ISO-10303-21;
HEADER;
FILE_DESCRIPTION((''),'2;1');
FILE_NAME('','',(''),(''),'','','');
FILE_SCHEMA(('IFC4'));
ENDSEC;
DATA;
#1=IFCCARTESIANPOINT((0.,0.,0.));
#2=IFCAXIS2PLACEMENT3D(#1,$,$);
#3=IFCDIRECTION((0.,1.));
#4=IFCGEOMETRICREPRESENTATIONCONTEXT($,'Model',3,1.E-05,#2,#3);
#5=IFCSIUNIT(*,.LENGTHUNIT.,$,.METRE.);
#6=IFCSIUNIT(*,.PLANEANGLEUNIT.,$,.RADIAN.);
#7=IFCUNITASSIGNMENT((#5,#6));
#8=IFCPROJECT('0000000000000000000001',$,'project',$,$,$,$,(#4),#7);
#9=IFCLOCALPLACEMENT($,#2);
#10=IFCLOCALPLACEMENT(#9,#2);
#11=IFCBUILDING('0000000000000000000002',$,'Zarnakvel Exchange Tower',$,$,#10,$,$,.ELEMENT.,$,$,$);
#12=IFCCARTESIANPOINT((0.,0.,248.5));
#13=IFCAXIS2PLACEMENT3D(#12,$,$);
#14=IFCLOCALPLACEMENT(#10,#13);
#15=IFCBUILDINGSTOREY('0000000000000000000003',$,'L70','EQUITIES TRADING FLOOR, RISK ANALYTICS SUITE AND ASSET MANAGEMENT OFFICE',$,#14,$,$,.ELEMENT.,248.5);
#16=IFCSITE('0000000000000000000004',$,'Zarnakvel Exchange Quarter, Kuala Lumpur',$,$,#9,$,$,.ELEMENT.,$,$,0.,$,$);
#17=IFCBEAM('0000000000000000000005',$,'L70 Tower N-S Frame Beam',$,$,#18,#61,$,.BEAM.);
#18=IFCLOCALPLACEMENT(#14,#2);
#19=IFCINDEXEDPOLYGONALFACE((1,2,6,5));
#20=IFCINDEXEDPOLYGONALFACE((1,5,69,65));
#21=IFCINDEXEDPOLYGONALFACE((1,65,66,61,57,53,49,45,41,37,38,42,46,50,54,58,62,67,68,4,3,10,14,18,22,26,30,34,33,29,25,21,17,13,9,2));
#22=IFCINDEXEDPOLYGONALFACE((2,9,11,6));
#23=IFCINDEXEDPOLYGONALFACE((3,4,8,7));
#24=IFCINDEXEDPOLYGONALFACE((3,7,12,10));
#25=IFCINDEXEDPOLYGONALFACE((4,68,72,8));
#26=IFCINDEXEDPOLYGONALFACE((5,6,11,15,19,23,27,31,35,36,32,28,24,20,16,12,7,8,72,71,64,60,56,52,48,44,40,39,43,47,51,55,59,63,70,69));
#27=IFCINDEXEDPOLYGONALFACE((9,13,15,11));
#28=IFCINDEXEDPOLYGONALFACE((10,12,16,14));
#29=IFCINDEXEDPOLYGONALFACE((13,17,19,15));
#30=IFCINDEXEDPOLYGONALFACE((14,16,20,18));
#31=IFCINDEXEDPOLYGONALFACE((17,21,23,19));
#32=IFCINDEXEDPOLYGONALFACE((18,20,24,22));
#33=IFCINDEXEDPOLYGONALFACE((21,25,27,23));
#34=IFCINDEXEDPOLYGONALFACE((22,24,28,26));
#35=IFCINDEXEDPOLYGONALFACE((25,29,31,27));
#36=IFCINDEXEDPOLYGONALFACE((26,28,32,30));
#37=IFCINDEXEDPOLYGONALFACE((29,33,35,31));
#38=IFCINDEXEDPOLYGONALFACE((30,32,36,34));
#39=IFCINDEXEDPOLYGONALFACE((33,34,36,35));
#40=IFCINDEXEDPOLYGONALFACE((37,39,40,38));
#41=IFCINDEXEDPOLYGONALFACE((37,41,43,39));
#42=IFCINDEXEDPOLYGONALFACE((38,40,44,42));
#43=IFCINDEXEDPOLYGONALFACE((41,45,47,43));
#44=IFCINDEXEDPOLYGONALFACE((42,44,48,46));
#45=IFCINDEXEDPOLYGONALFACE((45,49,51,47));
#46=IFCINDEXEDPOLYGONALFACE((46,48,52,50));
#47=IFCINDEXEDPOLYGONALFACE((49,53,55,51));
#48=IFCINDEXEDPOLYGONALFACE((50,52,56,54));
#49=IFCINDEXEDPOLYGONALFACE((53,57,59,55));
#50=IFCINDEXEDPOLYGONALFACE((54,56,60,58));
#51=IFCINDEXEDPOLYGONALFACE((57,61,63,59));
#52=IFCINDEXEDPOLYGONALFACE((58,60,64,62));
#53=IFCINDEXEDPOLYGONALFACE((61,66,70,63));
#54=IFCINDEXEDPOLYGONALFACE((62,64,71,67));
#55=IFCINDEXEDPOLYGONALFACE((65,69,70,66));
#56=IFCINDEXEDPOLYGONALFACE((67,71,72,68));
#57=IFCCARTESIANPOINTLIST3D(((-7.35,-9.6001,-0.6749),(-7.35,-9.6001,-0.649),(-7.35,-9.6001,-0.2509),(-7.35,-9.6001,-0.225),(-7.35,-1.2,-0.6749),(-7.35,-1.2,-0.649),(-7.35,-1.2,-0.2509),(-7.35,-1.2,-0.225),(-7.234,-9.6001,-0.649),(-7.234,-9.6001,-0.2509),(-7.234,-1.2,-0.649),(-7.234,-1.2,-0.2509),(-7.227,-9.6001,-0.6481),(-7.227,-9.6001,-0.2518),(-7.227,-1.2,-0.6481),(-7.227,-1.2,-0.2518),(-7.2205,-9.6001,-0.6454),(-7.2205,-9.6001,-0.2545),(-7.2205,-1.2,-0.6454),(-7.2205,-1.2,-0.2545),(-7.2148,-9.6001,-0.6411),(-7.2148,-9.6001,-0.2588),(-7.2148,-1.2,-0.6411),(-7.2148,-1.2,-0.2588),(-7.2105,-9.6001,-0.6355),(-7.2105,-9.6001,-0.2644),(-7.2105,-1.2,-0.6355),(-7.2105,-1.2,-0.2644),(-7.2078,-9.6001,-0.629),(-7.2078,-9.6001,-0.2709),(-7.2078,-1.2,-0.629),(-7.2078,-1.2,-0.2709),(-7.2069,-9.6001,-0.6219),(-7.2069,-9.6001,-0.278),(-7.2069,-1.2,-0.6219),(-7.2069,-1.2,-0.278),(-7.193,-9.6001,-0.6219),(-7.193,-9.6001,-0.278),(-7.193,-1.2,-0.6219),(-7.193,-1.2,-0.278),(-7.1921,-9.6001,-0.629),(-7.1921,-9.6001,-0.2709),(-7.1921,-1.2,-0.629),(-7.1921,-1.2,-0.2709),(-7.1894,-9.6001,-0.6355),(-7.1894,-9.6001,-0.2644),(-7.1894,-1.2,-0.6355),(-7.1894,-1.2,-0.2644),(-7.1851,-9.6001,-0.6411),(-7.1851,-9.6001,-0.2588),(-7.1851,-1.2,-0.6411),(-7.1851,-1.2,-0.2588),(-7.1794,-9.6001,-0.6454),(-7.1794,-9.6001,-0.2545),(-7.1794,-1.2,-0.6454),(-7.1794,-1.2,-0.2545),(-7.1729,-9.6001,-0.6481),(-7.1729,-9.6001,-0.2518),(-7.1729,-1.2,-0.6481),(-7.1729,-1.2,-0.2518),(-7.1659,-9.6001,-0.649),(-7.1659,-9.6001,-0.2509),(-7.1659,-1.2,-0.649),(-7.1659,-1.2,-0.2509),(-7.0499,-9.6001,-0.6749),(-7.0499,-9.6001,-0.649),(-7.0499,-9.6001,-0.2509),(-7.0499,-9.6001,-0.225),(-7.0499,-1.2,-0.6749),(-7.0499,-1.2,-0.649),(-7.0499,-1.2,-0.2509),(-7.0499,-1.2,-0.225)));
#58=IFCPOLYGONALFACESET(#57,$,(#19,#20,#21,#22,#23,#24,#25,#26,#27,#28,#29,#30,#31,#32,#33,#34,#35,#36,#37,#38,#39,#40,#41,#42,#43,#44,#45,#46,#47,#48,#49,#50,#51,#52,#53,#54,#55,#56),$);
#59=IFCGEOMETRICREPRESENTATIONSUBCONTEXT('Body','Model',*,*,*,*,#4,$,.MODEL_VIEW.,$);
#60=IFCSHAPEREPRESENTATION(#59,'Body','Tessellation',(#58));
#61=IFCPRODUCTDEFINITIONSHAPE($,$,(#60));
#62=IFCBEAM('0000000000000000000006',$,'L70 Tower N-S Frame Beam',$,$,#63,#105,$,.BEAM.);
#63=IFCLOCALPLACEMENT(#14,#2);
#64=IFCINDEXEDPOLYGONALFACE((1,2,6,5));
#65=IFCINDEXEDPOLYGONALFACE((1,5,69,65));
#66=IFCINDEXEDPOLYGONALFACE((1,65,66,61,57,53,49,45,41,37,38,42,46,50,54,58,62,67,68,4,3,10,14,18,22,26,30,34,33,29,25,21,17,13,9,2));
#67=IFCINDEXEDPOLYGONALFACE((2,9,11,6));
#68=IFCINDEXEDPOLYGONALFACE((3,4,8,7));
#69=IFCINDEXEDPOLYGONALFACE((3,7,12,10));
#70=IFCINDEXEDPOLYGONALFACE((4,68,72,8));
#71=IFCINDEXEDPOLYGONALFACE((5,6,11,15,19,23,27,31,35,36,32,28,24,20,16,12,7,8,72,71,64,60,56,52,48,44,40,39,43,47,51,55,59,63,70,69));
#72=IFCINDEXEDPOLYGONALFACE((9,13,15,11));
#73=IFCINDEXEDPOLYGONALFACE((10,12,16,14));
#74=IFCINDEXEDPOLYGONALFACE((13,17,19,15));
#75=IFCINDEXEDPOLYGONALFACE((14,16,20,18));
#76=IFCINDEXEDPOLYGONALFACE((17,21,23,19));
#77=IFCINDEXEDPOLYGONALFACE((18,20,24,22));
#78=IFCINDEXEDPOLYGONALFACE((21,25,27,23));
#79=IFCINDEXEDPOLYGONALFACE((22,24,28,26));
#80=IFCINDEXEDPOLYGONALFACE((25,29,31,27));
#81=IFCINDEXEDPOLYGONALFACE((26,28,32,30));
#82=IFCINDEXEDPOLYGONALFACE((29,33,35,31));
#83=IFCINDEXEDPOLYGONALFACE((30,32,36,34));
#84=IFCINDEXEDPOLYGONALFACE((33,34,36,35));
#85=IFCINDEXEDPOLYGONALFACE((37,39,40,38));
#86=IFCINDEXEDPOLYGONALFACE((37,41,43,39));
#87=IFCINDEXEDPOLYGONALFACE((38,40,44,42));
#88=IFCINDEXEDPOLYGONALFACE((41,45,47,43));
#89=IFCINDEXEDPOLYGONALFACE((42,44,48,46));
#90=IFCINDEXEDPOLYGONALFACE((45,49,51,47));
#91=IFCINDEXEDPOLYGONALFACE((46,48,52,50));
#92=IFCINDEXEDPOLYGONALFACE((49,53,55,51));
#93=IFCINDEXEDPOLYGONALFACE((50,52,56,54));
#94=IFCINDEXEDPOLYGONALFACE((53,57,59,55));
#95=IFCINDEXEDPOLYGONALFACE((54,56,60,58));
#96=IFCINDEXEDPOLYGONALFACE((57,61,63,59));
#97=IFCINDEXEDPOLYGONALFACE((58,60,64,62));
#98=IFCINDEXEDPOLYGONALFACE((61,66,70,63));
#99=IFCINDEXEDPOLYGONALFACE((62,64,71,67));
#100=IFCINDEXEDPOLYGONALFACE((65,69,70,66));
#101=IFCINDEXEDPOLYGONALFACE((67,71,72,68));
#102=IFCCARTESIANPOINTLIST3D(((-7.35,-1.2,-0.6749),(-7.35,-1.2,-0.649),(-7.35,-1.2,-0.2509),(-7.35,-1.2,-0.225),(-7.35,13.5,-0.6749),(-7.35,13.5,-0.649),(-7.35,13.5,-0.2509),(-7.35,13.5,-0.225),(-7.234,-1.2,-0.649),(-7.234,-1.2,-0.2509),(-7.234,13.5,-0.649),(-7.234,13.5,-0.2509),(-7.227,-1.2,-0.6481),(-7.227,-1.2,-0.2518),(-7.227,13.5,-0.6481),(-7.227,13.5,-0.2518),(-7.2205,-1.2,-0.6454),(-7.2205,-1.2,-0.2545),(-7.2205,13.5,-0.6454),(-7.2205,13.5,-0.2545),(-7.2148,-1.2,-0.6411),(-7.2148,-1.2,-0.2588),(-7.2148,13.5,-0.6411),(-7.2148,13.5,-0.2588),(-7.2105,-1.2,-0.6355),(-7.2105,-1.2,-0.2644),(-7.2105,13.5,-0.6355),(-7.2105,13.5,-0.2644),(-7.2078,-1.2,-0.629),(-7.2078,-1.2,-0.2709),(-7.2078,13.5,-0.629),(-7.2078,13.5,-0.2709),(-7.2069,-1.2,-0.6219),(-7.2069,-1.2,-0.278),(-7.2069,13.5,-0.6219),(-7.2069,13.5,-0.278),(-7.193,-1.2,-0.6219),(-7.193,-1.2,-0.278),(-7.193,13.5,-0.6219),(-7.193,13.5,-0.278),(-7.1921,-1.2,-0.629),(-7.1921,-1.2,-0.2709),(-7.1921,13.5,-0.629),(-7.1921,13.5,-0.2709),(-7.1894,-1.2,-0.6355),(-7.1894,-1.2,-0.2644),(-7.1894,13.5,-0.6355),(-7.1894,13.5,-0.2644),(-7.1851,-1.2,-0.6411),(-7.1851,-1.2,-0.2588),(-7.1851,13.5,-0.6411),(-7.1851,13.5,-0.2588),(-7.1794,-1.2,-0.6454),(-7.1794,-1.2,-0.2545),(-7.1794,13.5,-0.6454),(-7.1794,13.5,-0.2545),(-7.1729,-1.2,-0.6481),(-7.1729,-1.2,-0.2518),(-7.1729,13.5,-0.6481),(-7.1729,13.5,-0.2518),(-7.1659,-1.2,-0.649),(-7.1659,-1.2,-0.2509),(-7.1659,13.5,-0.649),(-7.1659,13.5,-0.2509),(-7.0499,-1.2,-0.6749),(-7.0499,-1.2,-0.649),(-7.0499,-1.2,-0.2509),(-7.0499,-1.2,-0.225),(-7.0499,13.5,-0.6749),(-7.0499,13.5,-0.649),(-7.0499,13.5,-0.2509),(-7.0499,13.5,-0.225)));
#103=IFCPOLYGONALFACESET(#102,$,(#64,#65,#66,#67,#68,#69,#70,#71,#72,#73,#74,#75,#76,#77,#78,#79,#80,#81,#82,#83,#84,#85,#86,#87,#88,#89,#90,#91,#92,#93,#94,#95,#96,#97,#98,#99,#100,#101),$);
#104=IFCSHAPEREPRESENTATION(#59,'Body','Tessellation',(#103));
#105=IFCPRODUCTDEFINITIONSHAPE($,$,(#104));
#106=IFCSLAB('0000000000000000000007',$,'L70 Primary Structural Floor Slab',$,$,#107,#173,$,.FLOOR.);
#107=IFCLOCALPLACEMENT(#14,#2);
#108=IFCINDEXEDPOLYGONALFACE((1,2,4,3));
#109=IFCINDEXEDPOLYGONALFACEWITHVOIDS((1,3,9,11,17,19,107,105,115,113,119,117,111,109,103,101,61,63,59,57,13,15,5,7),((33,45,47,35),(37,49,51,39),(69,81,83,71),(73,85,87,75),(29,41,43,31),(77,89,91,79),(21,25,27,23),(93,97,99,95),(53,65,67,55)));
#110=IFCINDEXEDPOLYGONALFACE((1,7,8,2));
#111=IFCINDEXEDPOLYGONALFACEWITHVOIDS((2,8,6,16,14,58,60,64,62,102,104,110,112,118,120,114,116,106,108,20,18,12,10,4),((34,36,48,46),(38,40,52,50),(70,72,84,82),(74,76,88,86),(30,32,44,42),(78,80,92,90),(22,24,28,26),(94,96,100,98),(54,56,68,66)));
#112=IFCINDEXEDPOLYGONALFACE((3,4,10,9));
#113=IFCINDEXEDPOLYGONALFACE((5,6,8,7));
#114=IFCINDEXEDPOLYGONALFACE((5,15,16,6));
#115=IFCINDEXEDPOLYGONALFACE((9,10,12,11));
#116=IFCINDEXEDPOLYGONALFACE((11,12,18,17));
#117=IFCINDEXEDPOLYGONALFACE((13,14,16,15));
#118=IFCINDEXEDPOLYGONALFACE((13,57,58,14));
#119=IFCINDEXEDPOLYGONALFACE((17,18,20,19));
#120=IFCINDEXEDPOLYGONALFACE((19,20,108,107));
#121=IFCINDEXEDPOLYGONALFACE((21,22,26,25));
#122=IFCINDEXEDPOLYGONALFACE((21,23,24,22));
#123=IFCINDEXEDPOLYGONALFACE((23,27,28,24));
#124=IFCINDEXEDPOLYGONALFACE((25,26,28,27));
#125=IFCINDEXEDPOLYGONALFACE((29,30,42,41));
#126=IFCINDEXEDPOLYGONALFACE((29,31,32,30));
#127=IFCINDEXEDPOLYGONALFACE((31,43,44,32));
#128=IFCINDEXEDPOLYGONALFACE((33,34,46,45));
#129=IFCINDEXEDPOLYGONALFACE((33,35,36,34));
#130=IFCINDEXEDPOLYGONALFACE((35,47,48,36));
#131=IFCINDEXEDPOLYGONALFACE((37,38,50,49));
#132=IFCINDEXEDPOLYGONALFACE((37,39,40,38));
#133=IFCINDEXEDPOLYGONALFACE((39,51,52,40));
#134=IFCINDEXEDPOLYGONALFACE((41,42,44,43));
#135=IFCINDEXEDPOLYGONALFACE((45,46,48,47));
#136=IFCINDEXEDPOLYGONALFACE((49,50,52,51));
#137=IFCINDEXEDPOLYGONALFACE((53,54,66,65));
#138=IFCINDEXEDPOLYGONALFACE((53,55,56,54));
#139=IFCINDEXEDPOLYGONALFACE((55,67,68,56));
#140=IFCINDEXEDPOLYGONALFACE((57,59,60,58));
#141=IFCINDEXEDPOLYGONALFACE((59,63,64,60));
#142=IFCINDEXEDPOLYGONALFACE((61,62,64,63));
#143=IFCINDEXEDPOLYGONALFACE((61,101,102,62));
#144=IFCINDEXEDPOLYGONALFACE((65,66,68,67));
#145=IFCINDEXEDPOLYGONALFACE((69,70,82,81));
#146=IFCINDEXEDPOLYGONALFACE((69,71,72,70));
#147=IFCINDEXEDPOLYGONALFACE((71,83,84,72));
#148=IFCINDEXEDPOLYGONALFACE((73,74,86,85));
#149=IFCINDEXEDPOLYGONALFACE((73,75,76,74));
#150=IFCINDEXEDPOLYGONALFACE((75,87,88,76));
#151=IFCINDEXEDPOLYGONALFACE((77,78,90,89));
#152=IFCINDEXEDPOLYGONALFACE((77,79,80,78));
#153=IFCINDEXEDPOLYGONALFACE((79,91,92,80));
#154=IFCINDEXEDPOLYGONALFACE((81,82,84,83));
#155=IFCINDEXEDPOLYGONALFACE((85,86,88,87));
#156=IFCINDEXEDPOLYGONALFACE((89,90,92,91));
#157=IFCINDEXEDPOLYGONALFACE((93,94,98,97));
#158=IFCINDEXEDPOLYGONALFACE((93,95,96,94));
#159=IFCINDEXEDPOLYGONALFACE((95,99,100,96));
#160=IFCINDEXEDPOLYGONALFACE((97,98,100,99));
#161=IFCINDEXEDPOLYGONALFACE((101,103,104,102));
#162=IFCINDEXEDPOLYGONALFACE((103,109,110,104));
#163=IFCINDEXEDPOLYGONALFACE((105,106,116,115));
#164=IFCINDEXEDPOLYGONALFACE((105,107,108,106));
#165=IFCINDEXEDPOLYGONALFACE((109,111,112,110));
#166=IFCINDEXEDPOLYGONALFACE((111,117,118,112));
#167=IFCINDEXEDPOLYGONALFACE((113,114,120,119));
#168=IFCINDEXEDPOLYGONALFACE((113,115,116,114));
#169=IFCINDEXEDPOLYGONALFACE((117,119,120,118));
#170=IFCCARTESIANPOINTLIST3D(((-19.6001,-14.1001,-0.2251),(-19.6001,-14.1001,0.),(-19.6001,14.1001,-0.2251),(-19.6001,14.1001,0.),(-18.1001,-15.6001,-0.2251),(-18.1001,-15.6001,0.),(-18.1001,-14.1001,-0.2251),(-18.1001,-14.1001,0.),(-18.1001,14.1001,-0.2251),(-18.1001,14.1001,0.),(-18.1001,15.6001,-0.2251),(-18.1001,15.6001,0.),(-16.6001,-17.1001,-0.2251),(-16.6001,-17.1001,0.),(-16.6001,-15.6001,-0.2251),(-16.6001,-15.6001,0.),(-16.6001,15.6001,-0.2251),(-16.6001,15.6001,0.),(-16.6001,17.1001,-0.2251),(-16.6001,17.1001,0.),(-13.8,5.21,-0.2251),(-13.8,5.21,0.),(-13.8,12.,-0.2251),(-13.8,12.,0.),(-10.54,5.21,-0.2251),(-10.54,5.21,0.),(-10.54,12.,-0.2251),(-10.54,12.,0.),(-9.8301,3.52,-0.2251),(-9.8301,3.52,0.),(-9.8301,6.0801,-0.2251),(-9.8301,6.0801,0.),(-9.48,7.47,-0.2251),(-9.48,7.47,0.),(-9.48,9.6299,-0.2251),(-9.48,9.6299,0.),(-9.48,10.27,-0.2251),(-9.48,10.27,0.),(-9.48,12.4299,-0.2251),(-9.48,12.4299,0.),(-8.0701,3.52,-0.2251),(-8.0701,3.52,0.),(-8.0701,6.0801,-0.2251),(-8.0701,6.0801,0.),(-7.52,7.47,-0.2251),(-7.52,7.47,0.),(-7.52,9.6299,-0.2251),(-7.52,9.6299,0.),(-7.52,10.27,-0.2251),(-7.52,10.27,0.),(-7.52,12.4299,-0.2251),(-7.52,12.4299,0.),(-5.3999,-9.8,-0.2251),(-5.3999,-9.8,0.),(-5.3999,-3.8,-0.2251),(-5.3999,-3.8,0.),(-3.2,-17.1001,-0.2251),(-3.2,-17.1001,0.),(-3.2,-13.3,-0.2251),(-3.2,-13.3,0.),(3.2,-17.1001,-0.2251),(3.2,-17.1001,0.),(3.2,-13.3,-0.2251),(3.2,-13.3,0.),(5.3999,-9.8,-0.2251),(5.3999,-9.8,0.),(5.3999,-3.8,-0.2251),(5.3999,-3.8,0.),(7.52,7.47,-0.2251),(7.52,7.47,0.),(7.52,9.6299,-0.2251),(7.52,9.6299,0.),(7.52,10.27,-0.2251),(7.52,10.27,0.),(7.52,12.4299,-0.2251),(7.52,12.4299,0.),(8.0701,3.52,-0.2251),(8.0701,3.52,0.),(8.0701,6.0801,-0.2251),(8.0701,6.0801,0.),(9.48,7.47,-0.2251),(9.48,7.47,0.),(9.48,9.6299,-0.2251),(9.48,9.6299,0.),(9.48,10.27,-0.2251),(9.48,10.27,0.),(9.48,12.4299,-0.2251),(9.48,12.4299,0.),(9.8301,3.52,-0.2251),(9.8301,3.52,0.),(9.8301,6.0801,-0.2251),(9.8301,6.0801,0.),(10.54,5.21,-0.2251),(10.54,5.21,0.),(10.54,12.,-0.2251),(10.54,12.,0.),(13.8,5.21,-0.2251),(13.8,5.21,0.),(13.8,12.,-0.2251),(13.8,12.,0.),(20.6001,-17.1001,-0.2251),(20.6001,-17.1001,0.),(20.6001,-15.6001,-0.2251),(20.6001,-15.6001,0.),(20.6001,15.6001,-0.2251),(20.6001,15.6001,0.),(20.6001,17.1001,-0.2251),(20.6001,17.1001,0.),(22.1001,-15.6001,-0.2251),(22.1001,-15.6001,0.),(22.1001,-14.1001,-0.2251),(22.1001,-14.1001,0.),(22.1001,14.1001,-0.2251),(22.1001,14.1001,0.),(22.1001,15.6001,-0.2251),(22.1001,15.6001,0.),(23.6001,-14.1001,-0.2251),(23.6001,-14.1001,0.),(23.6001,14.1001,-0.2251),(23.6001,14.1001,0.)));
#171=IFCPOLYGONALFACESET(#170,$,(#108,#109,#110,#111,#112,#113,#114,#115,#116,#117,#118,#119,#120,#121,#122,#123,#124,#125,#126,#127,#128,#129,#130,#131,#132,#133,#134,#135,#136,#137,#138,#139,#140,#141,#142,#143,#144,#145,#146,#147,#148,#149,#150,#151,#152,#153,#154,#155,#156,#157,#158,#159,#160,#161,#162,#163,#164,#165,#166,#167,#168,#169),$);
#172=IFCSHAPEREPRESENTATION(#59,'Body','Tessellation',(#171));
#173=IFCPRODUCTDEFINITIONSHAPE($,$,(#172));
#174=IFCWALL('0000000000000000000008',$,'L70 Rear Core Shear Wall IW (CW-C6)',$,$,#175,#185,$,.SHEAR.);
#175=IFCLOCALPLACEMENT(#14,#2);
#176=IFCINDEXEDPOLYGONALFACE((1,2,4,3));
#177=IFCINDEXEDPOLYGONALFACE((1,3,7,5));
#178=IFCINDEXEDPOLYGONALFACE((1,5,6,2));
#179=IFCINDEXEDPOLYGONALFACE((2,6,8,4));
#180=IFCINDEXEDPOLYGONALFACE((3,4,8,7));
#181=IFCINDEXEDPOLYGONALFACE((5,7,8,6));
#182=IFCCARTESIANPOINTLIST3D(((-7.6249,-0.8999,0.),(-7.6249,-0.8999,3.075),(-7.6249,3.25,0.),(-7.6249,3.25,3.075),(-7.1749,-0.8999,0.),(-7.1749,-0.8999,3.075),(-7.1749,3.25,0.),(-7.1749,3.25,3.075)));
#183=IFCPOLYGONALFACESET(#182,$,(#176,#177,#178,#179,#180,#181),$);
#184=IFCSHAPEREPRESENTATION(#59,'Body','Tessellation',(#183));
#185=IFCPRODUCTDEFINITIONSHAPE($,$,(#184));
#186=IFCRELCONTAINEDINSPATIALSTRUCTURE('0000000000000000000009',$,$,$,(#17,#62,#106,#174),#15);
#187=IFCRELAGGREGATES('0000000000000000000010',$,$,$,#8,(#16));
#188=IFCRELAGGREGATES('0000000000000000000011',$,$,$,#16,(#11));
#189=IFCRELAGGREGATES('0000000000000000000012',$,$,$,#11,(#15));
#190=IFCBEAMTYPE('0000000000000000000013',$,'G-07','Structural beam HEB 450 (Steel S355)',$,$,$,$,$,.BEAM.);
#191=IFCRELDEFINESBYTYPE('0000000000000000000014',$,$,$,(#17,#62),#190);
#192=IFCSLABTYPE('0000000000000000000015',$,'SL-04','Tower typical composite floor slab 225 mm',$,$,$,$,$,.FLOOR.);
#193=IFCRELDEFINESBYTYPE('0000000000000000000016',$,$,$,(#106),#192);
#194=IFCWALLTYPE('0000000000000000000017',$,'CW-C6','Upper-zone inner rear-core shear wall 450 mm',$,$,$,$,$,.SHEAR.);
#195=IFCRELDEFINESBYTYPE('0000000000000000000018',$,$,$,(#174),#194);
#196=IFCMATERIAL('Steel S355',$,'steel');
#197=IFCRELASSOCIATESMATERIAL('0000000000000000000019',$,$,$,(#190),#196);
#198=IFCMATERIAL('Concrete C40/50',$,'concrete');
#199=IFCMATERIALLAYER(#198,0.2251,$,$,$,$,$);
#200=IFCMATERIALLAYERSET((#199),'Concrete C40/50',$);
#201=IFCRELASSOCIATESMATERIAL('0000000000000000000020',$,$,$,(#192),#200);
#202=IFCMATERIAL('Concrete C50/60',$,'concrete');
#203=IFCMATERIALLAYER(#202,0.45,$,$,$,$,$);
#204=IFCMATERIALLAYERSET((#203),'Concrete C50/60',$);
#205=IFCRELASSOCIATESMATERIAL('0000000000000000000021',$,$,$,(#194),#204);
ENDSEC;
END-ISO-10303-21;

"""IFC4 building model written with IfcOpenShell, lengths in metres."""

from ifc_helpers import new_model, si_unit, direction, frame, frame_2d, origin, origin_2d, place, context, subcontext, project, spatial, polyline, rectangle, i_section, outline, extrude, material, layer, layer_set, material_profile, profile_set, type_object, element, save


model = new_model("IFC4")

# Units and contexts
model_context = context("Model", 3, precision=1e-05, world=origin(), true_north=direction((0.0, 1.0)))
body_context = subcontext(model_context, "Body", "Model", "MODEL_VIEW")
ifc_project = project(units=[si_unit("LENGTHUNIT", "METRE"), si_unit("PLANEANGLEUNIT", "RADIAN")], contexts=[model_context])

# Site, building, storey
site_placement = place(None, origin())
site = spatial("IfcSite", under=ifc_project, at=site_placement, Name="Zarnakvel Exchange Quarter, Kuala Lumpur", CompositionType="ELEMENT", RefElevation=0.0)
building_placement = place(site_placement, origin())
building = spatial("IfcBuilding", under=site, at=building_placement, Name="Zarnakvel Exchange Tower", CompositionType="ELEMENT")
storey_placement = place(building_placement, frame((0.0, 0.0, 248.5)))
storey = spatial("IfcBuildingStorey", under=building, at=storey_placement, Name="L70", Description="EQUITIES TRADING FLOOR, RISK ANALYTICS SUITE AND ASSET MANAGEMENT OFFICE", CompositionType="ELEMENT", Elevation=248.5)

# Shared definitions
ifc_material_1 = material(Name="Concrete C50/60", Category="concrete")

# Beams
ifc_material_2 = material(Name="Steel S355", Category="steel")
ifc_material_profile_1 = material_profile(ifc_material_2, i_section(OverallWidth=0.3, OverallDepth=0.45, WebThickness=0.0139, FlangeThickness=0.0259, FilletRadius=0.0271, at=origin_2d()))
ifc_profile_set_1 = profile_set([ifc_material_profile_1], Name="Steel S355")
beam_type_1 = type_object("IfcBeamType", Name="G-07", Description="Structural beam HEB 450 (Steel S355)", PredefinedType="BEAM", material=ifc_profile_set_1)
beam_1_placement = place(storey_placement, frame((-7.2, -9.6001, -0.45), z_axis=(0.0, 1.0, 0.0), x_axis=(-1.0, 0.0, 0.0)))
element("IfcBeam", 1, at=beam_1_placement, inside=storey, type_object=beam_type_1, Name="L70 Tower N-S Frame Beam", PredefinedType="BEAM", context=body_context, shape_type="SweptSolid", body=[
    extrude(i_section(OverallWidth=0.3, OverallDepth=0.45, WebThickness=0.0139, FlangeThickness=0.0259, FilletRadius=0.0271, at=origin_2d()), origin(), (0.0, 0.0, 1.0), 8.4001),
])
beam_2_placement = place(storey_placement, frame((-7.2, -1.2, -0.45), z_axis=(0.0, 1.0, 0.0), x_axis=(-1.0, 0.0, 0.0)))
element("IfcBeam", 2, at=beam_2_placement, inside=storey, type_object=beam_type_1, Name="L70 Tower N-S Frame Beam", PredefinedType="BEAM", context=body_context, shape_type="SweptSolid", body=[
    extrude(i_section(OverallWidth=0.3, OverallDepth=0.45, WebThickness=0.0139, FlangeThickness=0.0259, FilletRadius=0.0271, at=origin_2d()), origin(), (0.0, 0.0, 1.0), 14.7),
])

# Slab
ifc_material_3 = material(Name="Concrete C40/50", Category="concrete")
ifc_layer_1 = layer(ifc_material_3, 0.2251)
ifc_layer_set_1 = layer_set([ifc_layer_1], Name="Concrete C40/50")
slab_type = type_object("IfcSlabType", Name="SL-04", Description="Tower typical composite floor slab 225 mm", PredefinedType="FLOOR", material=ifc_layer_set_1)
slab_placement = place(storey_placement, frame((0.0, 0.0, -0.2251)))
element("IfcSlab", 3, at=slab_placement, inside=storey, type_object=slab_type, Name="L70 Primary Structural Floor Slab", PredefinedType="FLOOR", context=body_context, shape_type="SweptSolid", body=[
    extrude(outline(polyline([(-19.6001, -14.1001), (-18.1001, -14.1001), (-18.1001, -15.6001), (-16.6001, -15.6001), (-16.6001, -17.1001), (-3.2, -17.1001), (-3.2, -13.3), (3.2, -13.3), (3.2, -17.1001), (20.6001, -17.1001), (20.6001, -15.6001), (22.1001, -15.6001), (22.1001, -14.1001), (23.6001, -14.1001), (23.6001, 14.1001), (22.1001, 14.1001), (22.1001, 15.6001), (20.6001, 15.6001), (20.6001, 17.1001), (-16.6001, 17.1001), (-16.6001, 15.6001), (-18.1001, 15.6001), (-18.1001, 14.1001), (-19.6001, 14.1001), (-19.6001, -14.1001)]), holes=[polyline([(-5.3999, -9.8), (5.3999, -9.8), (5.3999, -3.8), (-5.3999, -3.8), (-5.3999, -9.8)]), polyline([(-13.8, 5.21), (-10.54, 5.21), (-10.54, 12.0), (-13.8, 12.0), (-13.8, 5.21)]), polyline([(10.54, 5.21), (13.8, 5.21), (13.8, 12.0), (10.54, 12.0), (10.54, 5.21)]), polyline([(-9.8301, 3.52), (-8.0701, 3.52), (-8.0701, 6.0801), (-9.8301, 6.0801), (-9.8301, 3.52)]), polyline([(8.0701, 3.52), (9.8301, 3.52), (9.8301, 6.0801), (8.0701, 6.0801), (8.0701, 3.52)]), polyline([(-9.48, 7.47), (-7.52, 7.47), (-7.52, 9.6299), (-9.48, 9.6299), (-9.48, 7.47)]), polyline([(-9.48, 10.27), (-7.52, 10.27), (-7.52, 12.4299), (-9.48, 12.4299), (-9.48, 10.27)]), polyline([(7.52, 7.47), (9.48, 7.47), (9.48, 9.6299), (7.52, 9.6299), (7.52, 7.47)]), polyline([(7.52, 10.27), (9.48, 10.27), (9.48, 12.4299), (7.52, 12.4299), (7.52, 10.27)])]), origin(), (0.0, 0.0, 1.0), 0.2251),
])

# Wall
ifc_layer_2 = layer(ifc_material_1, 0.45)
ifc_layer_set_2 = layer_set([ifc_layer_2], Name="Concrete C50/60")
wall_type_1 = type_object("IfcWallType", Name="CW-C6", Description="Upper-zone inner rear-core shear wall 450 mm", PredefinedType="SHEAR", material=ifc_layer_set_2)
wall_1_placement = place(storey_placement, frame((-7.3999, -0.8999, 0.0), z_axis=(0.0, 0.0, 1.0), x_axis=(0.0, 1.0, 0.0)))
element("IfcWall", 4, at=wall_1_placement, inside=storey, type_object=wall_type_1, Name="L70 Rear Core Shear Wall IW (CW-C6)", PredefinedType="SHEAR", context=body_context, shape_type="SweptSolid", body=[
    extrude(rectangle(XDim=4.1499, YDim=0.45, at=frame_2d((2.075, 0.0))), origin(), (0.0, 0.0, 1.0), 3.075),
])

save(model, "model.ifc")
